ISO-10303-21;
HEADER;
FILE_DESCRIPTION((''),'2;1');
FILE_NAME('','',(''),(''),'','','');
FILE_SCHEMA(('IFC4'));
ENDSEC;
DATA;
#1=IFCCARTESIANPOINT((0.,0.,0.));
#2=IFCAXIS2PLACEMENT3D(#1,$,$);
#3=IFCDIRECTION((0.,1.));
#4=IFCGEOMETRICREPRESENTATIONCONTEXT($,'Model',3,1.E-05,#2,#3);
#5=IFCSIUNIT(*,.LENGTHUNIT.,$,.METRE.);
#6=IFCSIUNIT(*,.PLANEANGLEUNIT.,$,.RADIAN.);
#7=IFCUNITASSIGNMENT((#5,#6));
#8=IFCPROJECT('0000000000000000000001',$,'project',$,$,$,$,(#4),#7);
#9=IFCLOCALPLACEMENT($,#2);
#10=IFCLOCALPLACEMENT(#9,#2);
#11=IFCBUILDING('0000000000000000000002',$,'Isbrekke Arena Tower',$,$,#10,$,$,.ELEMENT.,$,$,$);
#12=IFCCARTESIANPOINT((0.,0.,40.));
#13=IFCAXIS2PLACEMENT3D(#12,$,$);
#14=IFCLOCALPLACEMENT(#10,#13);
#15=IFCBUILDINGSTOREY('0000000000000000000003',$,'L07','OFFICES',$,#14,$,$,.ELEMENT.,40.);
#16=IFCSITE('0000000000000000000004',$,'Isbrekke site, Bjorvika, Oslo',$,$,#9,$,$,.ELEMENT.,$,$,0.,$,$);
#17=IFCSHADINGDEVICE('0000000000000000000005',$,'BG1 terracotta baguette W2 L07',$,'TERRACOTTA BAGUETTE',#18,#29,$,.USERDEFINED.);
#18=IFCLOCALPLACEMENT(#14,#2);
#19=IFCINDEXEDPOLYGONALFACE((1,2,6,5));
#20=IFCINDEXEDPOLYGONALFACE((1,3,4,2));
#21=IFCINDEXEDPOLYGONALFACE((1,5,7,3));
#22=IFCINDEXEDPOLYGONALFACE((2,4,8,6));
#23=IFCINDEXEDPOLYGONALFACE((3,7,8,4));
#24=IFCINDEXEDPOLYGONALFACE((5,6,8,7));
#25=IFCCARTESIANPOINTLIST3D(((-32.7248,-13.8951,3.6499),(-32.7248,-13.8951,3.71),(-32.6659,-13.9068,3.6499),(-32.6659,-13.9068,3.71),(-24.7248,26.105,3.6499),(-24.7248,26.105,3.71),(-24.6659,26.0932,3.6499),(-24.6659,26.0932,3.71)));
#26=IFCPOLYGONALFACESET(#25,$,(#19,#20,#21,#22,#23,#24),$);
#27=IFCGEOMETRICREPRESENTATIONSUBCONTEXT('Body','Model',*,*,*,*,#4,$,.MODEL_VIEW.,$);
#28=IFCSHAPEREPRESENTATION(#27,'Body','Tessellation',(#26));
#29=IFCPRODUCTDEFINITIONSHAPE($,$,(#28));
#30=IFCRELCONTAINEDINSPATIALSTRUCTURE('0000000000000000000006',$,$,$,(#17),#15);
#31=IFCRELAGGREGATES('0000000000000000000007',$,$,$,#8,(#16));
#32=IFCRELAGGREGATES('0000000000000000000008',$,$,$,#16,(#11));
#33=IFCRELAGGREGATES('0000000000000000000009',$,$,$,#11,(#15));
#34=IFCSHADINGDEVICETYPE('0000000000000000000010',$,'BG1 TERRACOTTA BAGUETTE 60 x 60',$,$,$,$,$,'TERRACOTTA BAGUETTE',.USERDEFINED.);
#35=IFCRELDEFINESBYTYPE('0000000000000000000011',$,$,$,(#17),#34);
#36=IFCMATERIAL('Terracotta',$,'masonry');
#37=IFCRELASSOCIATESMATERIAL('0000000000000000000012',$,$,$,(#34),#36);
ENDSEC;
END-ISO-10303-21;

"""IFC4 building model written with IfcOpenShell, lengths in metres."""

from ifc_helpers import new_model, si_unit, direction, frame, origin, origin_2d, place, context, subcontext, project, spatial, rectangle, extrude, material, material_profile, profile_set, type_object, element, save


model = new_model("IFC4")

# Units and contexts
model_context = context("Model", 3, precision=1e-05, world=origin(), true_north=direction((0.0, 1.0)))
body_context = subcontext(model_context, "Body", "Model", "MODEL_VIEW")
ifc_project = project(units=[si_unit("LENGTHUNIT", "METRE"), si_unit("PLANEANGLEUNIT", "RADIAN")], contexts=[model_context])

# Site, building, storey
site_placement = place(None, origin())
site = spatial("IfcSite", under=ifc_project, at=site_placement, Name="Isbrekke site, Bjorvika, Oslo", CompositionType="ELEMENT", RefElevation=0.0)
building_placement = place(site_placement, origin())
building = spatial("IfcBuilding", under=site, at=building_placement, Name="Isbrekke Arena Tower", CompositionType="ELEMENT")
storey_placement = place(building_placement, frame((0.0, 0.0, 40.0)))
storey = spatial("IfcBuildingStorey", under=building, at=storey_placement, Name="L07", Description="OFFICES", CompositionType="ELEMENT", Elevation=40.0)

# Shading device
ifc_material_1 = material(Name="Terracotta", Category="masonry")
ifc_material_profile_1 = material_profile(ifc_material_1, rectangle(XDim=0.0601, YDim=0.0601, at=origin_2d()), Name="BAGUETTE 60X60")
ifc_profile_set_1 = profile_set([ifc_material_profile_1], Name="Terracotta")
shading_device_type = type_object("IfcShadingDeviceType", Name="BG1 TERRACOTTA BAGUETTE 60 x 60", ElementType="TERRACOTTA BAGUETTE", PredefinedType="USERDEFINED", material=ifc_profile_set_1)
for number, where, z_axis, x_axis, name in (
    (1, (-24.6953, 26.0991, 3.6799), (-0.196116, -0.980581, 0.0), (0.980581, -0.196116, 0.0), "BG1 terracotta baguette W2 L07"),
):
    element("IfcShadingDevice", number, at=place(storey_placement, frame(where, z_axis=z_axis, x_axis=x_axis)), inside=storey, type_object=shading_device_type, Name=name, ObjectType="TERRACOTTA BAGUETTE", PredefinedType="USERDEFINED", context=body_context, shape_type="SweptSolid", body=[
        extrude(rectangle(XDim=0.0601, YDim=0.0601, at=origin_2d()), origin(), (0.0, 0.0, 1.0), 40.7922),
    ])

save(model, "model.ifc")
